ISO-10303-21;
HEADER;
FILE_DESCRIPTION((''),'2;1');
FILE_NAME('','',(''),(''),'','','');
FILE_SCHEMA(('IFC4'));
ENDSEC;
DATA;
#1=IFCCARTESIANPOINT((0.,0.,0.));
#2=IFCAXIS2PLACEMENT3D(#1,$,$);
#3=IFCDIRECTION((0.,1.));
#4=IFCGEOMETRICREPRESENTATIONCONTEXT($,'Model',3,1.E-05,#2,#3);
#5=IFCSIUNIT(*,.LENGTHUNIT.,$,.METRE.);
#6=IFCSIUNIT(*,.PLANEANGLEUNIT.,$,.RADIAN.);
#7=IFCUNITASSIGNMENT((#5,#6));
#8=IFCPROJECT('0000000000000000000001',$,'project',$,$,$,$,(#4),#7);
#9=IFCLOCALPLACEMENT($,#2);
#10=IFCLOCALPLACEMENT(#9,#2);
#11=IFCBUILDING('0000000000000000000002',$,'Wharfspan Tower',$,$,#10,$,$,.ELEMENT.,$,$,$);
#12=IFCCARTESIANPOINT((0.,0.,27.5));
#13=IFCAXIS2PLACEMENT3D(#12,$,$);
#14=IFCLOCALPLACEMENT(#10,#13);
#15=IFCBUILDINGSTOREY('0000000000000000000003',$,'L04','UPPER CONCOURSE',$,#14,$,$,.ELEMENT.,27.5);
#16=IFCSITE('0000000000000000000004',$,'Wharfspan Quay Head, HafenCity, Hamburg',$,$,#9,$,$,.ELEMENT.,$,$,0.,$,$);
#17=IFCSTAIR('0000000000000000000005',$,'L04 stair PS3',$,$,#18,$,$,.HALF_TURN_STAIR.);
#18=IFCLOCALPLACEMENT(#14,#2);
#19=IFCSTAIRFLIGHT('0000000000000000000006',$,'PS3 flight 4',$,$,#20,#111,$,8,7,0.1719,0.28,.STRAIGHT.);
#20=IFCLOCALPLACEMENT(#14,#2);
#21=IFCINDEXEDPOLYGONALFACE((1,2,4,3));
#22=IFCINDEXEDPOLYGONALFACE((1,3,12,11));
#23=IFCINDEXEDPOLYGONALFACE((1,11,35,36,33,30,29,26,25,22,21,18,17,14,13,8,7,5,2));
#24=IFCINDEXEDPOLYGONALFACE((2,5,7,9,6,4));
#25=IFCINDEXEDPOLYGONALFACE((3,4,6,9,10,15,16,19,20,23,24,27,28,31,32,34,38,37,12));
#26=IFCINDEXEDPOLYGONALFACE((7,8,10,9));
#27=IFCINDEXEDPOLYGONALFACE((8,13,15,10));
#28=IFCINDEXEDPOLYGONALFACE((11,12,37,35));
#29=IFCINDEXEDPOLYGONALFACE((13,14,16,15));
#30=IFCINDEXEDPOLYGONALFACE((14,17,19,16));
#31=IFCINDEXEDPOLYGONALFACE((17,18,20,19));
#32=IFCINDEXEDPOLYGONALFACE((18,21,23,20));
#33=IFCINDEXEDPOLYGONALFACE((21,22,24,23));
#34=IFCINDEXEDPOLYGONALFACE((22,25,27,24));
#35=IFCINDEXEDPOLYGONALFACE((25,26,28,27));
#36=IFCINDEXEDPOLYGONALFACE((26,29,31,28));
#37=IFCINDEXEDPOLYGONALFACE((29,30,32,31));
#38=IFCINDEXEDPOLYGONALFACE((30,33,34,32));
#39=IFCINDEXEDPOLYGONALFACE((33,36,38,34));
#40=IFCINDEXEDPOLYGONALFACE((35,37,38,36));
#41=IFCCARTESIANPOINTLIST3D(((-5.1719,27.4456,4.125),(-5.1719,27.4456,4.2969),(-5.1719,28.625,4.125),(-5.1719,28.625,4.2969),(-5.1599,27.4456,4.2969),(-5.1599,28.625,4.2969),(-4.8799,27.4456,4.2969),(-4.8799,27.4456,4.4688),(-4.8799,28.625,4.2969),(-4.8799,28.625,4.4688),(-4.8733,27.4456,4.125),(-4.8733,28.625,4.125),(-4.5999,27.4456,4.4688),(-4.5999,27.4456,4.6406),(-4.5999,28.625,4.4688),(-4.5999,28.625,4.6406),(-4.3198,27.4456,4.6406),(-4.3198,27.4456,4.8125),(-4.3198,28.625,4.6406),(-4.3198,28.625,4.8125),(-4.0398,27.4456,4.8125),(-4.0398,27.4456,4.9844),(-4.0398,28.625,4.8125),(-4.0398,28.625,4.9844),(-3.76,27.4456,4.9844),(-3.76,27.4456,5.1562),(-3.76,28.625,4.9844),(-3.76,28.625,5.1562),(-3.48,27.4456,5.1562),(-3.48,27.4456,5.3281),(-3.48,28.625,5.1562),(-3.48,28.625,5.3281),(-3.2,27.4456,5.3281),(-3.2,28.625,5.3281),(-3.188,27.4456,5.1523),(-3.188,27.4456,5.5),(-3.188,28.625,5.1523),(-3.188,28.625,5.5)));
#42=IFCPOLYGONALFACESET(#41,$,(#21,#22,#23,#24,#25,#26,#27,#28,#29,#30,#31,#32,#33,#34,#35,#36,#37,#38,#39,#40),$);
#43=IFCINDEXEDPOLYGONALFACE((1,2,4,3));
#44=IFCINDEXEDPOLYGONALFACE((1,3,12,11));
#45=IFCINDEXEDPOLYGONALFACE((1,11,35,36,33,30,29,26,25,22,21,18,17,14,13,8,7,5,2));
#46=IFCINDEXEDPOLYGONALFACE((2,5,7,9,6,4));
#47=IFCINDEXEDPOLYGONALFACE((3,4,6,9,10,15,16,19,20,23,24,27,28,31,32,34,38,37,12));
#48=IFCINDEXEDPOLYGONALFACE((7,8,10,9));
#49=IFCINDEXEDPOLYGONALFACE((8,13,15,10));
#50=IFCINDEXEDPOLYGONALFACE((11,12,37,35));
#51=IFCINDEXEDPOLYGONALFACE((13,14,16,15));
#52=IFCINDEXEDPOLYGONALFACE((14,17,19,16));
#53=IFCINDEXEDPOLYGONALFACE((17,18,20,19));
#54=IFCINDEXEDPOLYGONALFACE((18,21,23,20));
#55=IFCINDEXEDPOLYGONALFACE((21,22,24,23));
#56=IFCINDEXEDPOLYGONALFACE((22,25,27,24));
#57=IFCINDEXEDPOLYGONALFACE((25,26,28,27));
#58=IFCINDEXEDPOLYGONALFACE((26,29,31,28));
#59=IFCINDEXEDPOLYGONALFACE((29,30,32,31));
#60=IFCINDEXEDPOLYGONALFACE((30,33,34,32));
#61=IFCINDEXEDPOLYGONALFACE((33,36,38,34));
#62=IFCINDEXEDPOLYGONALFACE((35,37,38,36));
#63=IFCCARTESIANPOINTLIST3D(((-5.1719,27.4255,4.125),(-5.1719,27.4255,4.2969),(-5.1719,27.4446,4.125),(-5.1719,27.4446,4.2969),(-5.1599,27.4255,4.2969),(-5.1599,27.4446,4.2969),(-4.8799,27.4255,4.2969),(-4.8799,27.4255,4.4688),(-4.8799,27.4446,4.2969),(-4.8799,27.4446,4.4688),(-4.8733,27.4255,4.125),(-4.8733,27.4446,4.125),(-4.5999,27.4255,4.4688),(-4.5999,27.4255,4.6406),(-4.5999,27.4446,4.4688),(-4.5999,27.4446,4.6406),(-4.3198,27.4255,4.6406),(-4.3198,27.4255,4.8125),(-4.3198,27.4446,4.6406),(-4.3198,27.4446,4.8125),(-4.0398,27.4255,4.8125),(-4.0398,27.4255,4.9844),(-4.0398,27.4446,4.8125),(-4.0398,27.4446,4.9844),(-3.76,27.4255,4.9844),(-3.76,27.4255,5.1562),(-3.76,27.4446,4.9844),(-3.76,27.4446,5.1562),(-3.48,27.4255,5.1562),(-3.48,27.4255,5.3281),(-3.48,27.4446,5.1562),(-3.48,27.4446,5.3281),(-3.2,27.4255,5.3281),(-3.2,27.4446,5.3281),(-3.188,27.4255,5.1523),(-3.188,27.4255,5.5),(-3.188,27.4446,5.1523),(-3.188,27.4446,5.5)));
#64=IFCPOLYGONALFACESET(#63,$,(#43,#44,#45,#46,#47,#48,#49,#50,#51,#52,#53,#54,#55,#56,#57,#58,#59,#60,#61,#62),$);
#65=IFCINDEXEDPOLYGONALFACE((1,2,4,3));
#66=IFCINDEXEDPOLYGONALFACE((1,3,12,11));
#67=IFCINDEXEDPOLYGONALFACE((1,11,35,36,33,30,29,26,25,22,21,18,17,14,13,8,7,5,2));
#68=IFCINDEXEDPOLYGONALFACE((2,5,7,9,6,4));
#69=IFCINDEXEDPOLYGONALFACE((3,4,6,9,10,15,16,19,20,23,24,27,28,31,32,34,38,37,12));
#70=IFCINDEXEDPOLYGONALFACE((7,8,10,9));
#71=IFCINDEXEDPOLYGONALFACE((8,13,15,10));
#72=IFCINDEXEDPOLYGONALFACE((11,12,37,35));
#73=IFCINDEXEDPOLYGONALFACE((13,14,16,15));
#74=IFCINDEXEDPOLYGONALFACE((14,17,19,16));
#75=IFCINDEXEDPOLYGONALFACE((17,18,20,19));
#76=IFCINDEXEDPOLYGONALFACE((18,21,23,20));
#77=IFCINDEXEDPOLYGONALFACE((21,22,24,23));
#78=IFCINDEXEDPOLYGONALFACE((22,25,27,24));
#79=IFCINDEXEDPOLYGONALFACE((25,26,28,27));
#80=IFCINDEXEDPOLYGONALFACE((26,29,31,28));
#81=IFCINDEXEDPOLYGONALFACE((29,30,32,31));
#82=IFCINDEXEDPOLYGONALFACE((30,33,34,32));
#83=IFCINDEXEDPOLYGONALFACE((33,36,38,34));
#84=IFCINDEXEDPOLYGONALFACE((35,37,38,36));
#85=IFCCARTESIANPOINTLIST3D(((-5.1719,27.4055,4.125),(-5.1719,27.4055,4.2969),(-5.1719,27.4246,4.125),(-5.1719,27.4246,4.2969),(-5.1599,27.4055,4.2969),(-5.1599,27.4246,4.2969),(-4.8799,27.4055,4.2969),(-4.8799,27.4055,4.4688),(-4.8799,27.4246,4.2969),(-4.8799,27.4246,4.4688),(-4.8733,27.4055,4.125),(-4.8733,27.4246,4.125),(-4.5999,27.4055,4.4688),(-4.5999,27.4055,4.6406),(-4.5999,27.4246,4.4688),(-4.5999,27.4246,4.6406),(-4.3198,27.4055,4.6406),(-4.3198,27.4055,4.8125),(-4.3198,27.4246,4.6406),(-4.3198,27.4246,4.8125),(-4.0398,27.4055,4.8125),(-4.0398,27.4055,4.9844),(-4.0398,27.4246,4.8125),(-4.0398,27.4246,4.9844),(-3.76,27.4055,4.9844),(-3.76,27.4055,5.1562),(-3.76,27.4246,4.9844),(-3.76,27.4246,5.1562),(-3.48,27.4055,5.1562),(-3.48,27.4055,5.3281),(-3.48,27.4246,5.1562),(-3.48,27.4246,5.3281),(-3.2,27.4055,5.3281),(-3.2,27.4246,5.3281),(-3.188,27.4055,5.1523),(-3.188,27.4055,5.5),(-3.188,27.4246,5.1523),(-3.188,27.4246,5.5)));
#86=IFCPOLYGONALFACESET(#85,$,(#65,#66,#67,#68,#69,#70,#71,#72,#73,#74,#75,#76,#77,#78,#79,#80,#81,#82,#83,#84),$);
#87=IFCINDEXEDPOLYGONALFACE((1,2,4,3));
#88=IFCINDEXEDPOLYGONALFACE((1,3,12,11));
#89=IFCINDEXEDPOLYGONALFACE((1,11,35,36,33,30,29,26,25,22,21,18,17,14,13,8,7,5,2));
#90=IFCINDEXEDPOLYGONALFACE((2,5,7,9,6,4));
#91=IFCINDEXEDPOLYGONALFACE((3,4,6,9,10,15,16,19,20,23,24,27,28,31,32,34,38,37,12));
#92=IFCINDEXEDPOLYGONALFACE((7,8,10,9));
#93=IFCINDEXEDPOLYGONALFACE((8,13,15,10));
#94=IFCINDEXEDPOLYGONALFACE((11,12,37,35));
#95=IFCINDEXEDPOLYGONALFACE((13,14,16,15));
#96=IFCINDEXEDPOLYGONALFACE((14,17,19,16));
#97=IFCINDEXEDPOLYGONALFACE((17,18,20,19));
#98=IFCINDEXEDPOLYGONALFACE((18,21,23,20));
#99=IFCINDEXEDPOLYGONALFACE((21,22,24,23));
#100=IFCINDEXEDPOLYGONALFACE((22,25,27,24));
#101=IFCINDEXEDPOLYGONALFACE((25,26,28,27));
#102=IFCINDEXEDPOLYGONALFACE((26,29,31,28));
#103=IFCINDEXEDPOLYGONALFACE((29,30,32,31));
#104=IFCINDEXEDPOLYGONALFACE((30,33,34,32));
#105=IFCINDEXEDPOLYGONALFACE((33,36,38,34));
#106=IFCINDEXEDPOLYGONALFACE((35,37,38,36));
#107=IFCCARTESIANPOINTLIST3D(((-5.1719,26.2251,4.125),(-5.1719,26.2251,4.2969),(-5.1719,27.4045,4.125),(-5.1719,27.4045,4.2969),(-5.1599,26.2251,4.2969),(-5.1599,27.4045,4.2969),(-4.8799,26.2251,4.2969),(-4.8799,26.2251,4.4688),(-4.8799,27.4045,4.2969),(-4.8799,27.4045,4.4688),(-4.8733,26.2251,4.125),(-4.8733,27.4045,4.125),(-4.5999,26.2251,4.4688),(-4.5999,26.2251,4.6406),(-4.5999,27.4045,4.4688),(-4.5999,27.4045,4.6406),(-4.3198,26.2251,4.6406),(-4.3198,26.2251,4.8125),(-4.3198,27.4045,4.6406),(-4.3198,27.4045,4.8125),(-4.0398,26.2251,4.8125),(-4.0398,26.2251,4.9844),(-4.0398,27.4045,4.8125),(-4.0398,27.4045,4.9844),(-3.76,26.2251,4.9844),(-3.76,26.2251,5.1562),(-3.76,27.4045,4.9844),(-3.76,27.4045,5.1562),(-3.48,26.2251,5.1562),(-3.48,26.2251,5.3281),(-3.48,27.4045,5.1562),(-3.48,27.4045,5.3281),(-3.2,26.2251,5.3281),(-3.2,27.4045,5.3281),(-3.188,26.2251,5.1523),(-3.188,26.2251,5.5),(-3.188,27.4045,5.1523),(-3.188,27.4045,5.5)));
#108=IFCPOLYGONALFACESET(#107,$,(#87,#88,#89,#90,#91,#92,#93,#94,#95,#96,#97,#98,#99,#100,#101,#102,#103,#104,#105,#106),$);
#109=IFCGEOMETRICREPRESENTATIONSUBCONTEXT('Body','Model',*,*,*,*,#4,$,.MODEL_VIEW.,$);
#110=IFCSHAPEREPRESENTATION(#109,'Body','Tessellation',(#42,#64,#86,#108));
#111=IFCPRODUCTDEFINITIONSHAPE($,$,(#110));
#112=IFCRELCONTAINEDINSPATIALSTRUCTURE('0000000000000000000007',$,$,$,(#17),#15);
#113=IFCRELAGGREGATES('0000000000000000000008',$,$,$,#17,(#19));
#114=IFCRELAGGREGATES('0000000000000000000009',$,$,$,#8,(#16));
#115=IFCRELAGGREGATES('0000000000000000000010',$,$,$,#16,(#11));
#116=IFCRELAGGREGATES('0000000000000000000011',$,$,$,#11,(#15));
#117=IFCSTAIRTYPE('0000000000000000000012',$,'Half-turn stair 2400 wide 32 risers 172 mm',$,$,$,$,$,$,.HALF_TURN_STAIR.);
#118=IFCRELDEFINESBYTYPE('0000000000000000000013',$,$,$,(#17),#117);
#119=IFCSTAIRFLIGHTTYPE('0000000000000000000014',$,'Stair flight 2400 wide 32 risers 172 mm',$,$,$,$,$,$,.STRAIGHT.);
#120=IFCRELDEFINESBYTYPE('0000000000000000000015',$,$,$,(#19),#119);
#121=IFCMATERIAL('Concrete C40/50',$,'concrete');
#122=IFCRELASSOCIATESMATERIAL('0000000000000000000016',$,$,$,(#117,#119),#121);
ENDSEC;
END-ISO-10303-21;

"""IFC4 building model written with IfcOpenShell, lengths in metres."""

from ifc_helpers import new_model, si_unit, direction, frame, origin, place, context, subcontext, project, spatial, polyline, outline, extrude, material, type_object, element, aggregate, save


model = new_model("IFC4")

# Units and contexts
model_context = context("Model", 3, precision=1e-05, world=origin(), true_north=direction((0.0, 1.0)))
body_context = subcontext(model_context, "Body", "Model", "MODEL_VIEW")
ifc_project = project(units=[si_unit("LENGTHUNIT", "METRE"), si_unit("PLANEANGLEUNIT", "RADIAN")], contexts=[model_context])

# Site, building, storey
site_placement = place(None, origin())
site = spatial("IfcSite", under=ifc_project, at=site_placement, Name="Wharfspan Quay Head, HafenCity, Hamburg", CompositionType="ELEMENT", RefElevation=0.0)
building_placement = place(site_placement, origin())
building = spatial("IfcBuilding", under=site, at=building_placement, Name="Wharfspan Tower", CompositionType="ELEMENT")
storey_placement = place(building_placement, frame((0.0, 0.0, 27.5)))
storey = spatial("IfcBuildingStorey", under=building, at=storey_placement, Name="L04", Description="UPPER CONCOURSE", CompositionType="ELEMENT", Elevation=27.5)

# Shared definitions
ifc_material_1 = material(Name="Concrete C40/50", Category="concrete")

# Stair, stair flight
stair_type = type_object("IfcStairType", Name="Half-turn stair 2400 wide 32 risers 172 mm", PredefinedType="HALF_TURN_STAIR", material=ifc_material_1)
stair_placement = place(storey_placement, origin())
stair = element("IfcStair", 1, at=stair_placement, inside=storey, type_object=stair_type, Name="L04 stair PS3", PredefinedType="HALF_TURN_STAIR")
stair_flight_type = type_object("IfcStairFlightType", Name="Stair flight 2400 wide 32 risers 172 mm", PredefinedType="STRAIGHT", material=ifc_material_1)
stair_flight_1_placement = place(storey_placement, frame((-5.1599, 27.425, 4.125), z_axis=(0.0, 0.0, 1.0), x_axis=(1.0, 0.0, 0.0)))
stair_flight_1 = element("IfcStairFlight", 2, at=stair_flight_1_placement, type_object=stair_flight_type, Name="PS3 flight 4", NumberOfRisers=8, NumberOfTreads=7, PredefinedType="STRAIGHT", RiserHeight=0.1719, TreadLength=0.28, context=body_context, shape_type="SweptSolid", body=[
    extrude(outline(polyline([(-0.012, 0.0), (-0.012, 0.1719), (0.0, 0.1719), (0.28, 0.1719), (0.28, 0.3438), (0.5601, 0.3438), (0.5601, 0.5156), (0.8401, 0.5156), (0.8401, 0.6875), (1.1201, 0.6875), (1.1201, 0.8594), (1.3999, 0.8594), (1.3999, 1.0312), (1.6799, 1.0312), (1.6799, 1.2031), (1.96, 1.2031), (1.9719, 1.375), (1.9719, 1.0273), (0.2866, 0.0), (-0.012, 0.0)])), frame((0.0, 1.2, 0.0), z_axis=(0.0, -1.0, 0.0), x_axis=(1.0, 0.0, 0.0)), (0.0, 0.0, 1.0), 1.1794),
    extrude(outline(polyline([(-0.012, 0.0), (-0.012, 0.1719), (0.0, 0.1719), (0.28, 0.1719), (0.28, 0.3438), (0.5601, 0.3438), (0.5601, 0.5156), (0.8401, 0.5156), (0.8401, 0.6875), (1.1201, 0.6875), (1.1201, 0.8594), (1.3999, 0.8594), (1.3999, 1.0312), (1.6799, 1.0312), (1.6799, 1.2031), (1.96, 1.2031), (1.9719, 1.375), (1.9719, 1.0273), (0.2866, 0.0), (-0.012, 0.0)])), frame((0.0, 0.0195, 0.0), z_axis=(0.0, -1.0, 0.0), x_axis=(1.0, 0.0, 0.0)), (0.0, 0.0, 1.0), 0.019),
    extrude(outline(polyline([(-0.012, 0.0), (-0.012, 0.1719), (0.0, 0.1719), (0.28, 0.1719), (0.28, 0.3438), (0.5601, 0.3438), (0.5601, 0.5156), (0.8401, 0.5156), (0.8401, 0.6875), (1.1201, 0.6875), (1.1201, 0.8594), (1.3999, 0.8594), (1.3999, 1.0312), (1.6799, 1.0312), (1.6799, 1.2031), (1.96, 1.2031), (1.9719, 1.375), (1.9719, 1.0273), (0.2866, 0.0), (-0.012, 0.0)])), frame((0.0, -0.0005, 0.0), z_axis=(0.0, -1.0, 0.0), x_axis=(1.0, 0.0, 0.0)), (0.0, 0.0, 1.0), 0.019),
    extrude(outline(polyline([(-0.012, 0.0), (-0.012, 0.1719), (0.0, 0.1719), (0.28, 0.1719), (0.28, 0.3438), (0.5601, 0.3438), (0.5601, 0.5156), (0.8401, 0.5156), (0.8401, 0.6875), (1.1201, 0.6875), (1.1201, 0.8594), (1.3999, 0.8594), (1.3999, 1.0312), (1.6799, 1.0312), (1.6799, 1.2031), (1.96, 1.2031), (1.9719, 1.375), (1.9719, 1.0273), (0.2866, 0.0), (-0.012, 0.0)])), frame((0.0, -0.0205, 0.0), z_axis=(0.0, -1.0, 0.0), x_axis=(1.0, 0.0, 0.0)), (0.0, 0.0, 1.0), 1.1794),
])
aggregate(stair, [stair_flight_1])

save(model, "model.ifc")
